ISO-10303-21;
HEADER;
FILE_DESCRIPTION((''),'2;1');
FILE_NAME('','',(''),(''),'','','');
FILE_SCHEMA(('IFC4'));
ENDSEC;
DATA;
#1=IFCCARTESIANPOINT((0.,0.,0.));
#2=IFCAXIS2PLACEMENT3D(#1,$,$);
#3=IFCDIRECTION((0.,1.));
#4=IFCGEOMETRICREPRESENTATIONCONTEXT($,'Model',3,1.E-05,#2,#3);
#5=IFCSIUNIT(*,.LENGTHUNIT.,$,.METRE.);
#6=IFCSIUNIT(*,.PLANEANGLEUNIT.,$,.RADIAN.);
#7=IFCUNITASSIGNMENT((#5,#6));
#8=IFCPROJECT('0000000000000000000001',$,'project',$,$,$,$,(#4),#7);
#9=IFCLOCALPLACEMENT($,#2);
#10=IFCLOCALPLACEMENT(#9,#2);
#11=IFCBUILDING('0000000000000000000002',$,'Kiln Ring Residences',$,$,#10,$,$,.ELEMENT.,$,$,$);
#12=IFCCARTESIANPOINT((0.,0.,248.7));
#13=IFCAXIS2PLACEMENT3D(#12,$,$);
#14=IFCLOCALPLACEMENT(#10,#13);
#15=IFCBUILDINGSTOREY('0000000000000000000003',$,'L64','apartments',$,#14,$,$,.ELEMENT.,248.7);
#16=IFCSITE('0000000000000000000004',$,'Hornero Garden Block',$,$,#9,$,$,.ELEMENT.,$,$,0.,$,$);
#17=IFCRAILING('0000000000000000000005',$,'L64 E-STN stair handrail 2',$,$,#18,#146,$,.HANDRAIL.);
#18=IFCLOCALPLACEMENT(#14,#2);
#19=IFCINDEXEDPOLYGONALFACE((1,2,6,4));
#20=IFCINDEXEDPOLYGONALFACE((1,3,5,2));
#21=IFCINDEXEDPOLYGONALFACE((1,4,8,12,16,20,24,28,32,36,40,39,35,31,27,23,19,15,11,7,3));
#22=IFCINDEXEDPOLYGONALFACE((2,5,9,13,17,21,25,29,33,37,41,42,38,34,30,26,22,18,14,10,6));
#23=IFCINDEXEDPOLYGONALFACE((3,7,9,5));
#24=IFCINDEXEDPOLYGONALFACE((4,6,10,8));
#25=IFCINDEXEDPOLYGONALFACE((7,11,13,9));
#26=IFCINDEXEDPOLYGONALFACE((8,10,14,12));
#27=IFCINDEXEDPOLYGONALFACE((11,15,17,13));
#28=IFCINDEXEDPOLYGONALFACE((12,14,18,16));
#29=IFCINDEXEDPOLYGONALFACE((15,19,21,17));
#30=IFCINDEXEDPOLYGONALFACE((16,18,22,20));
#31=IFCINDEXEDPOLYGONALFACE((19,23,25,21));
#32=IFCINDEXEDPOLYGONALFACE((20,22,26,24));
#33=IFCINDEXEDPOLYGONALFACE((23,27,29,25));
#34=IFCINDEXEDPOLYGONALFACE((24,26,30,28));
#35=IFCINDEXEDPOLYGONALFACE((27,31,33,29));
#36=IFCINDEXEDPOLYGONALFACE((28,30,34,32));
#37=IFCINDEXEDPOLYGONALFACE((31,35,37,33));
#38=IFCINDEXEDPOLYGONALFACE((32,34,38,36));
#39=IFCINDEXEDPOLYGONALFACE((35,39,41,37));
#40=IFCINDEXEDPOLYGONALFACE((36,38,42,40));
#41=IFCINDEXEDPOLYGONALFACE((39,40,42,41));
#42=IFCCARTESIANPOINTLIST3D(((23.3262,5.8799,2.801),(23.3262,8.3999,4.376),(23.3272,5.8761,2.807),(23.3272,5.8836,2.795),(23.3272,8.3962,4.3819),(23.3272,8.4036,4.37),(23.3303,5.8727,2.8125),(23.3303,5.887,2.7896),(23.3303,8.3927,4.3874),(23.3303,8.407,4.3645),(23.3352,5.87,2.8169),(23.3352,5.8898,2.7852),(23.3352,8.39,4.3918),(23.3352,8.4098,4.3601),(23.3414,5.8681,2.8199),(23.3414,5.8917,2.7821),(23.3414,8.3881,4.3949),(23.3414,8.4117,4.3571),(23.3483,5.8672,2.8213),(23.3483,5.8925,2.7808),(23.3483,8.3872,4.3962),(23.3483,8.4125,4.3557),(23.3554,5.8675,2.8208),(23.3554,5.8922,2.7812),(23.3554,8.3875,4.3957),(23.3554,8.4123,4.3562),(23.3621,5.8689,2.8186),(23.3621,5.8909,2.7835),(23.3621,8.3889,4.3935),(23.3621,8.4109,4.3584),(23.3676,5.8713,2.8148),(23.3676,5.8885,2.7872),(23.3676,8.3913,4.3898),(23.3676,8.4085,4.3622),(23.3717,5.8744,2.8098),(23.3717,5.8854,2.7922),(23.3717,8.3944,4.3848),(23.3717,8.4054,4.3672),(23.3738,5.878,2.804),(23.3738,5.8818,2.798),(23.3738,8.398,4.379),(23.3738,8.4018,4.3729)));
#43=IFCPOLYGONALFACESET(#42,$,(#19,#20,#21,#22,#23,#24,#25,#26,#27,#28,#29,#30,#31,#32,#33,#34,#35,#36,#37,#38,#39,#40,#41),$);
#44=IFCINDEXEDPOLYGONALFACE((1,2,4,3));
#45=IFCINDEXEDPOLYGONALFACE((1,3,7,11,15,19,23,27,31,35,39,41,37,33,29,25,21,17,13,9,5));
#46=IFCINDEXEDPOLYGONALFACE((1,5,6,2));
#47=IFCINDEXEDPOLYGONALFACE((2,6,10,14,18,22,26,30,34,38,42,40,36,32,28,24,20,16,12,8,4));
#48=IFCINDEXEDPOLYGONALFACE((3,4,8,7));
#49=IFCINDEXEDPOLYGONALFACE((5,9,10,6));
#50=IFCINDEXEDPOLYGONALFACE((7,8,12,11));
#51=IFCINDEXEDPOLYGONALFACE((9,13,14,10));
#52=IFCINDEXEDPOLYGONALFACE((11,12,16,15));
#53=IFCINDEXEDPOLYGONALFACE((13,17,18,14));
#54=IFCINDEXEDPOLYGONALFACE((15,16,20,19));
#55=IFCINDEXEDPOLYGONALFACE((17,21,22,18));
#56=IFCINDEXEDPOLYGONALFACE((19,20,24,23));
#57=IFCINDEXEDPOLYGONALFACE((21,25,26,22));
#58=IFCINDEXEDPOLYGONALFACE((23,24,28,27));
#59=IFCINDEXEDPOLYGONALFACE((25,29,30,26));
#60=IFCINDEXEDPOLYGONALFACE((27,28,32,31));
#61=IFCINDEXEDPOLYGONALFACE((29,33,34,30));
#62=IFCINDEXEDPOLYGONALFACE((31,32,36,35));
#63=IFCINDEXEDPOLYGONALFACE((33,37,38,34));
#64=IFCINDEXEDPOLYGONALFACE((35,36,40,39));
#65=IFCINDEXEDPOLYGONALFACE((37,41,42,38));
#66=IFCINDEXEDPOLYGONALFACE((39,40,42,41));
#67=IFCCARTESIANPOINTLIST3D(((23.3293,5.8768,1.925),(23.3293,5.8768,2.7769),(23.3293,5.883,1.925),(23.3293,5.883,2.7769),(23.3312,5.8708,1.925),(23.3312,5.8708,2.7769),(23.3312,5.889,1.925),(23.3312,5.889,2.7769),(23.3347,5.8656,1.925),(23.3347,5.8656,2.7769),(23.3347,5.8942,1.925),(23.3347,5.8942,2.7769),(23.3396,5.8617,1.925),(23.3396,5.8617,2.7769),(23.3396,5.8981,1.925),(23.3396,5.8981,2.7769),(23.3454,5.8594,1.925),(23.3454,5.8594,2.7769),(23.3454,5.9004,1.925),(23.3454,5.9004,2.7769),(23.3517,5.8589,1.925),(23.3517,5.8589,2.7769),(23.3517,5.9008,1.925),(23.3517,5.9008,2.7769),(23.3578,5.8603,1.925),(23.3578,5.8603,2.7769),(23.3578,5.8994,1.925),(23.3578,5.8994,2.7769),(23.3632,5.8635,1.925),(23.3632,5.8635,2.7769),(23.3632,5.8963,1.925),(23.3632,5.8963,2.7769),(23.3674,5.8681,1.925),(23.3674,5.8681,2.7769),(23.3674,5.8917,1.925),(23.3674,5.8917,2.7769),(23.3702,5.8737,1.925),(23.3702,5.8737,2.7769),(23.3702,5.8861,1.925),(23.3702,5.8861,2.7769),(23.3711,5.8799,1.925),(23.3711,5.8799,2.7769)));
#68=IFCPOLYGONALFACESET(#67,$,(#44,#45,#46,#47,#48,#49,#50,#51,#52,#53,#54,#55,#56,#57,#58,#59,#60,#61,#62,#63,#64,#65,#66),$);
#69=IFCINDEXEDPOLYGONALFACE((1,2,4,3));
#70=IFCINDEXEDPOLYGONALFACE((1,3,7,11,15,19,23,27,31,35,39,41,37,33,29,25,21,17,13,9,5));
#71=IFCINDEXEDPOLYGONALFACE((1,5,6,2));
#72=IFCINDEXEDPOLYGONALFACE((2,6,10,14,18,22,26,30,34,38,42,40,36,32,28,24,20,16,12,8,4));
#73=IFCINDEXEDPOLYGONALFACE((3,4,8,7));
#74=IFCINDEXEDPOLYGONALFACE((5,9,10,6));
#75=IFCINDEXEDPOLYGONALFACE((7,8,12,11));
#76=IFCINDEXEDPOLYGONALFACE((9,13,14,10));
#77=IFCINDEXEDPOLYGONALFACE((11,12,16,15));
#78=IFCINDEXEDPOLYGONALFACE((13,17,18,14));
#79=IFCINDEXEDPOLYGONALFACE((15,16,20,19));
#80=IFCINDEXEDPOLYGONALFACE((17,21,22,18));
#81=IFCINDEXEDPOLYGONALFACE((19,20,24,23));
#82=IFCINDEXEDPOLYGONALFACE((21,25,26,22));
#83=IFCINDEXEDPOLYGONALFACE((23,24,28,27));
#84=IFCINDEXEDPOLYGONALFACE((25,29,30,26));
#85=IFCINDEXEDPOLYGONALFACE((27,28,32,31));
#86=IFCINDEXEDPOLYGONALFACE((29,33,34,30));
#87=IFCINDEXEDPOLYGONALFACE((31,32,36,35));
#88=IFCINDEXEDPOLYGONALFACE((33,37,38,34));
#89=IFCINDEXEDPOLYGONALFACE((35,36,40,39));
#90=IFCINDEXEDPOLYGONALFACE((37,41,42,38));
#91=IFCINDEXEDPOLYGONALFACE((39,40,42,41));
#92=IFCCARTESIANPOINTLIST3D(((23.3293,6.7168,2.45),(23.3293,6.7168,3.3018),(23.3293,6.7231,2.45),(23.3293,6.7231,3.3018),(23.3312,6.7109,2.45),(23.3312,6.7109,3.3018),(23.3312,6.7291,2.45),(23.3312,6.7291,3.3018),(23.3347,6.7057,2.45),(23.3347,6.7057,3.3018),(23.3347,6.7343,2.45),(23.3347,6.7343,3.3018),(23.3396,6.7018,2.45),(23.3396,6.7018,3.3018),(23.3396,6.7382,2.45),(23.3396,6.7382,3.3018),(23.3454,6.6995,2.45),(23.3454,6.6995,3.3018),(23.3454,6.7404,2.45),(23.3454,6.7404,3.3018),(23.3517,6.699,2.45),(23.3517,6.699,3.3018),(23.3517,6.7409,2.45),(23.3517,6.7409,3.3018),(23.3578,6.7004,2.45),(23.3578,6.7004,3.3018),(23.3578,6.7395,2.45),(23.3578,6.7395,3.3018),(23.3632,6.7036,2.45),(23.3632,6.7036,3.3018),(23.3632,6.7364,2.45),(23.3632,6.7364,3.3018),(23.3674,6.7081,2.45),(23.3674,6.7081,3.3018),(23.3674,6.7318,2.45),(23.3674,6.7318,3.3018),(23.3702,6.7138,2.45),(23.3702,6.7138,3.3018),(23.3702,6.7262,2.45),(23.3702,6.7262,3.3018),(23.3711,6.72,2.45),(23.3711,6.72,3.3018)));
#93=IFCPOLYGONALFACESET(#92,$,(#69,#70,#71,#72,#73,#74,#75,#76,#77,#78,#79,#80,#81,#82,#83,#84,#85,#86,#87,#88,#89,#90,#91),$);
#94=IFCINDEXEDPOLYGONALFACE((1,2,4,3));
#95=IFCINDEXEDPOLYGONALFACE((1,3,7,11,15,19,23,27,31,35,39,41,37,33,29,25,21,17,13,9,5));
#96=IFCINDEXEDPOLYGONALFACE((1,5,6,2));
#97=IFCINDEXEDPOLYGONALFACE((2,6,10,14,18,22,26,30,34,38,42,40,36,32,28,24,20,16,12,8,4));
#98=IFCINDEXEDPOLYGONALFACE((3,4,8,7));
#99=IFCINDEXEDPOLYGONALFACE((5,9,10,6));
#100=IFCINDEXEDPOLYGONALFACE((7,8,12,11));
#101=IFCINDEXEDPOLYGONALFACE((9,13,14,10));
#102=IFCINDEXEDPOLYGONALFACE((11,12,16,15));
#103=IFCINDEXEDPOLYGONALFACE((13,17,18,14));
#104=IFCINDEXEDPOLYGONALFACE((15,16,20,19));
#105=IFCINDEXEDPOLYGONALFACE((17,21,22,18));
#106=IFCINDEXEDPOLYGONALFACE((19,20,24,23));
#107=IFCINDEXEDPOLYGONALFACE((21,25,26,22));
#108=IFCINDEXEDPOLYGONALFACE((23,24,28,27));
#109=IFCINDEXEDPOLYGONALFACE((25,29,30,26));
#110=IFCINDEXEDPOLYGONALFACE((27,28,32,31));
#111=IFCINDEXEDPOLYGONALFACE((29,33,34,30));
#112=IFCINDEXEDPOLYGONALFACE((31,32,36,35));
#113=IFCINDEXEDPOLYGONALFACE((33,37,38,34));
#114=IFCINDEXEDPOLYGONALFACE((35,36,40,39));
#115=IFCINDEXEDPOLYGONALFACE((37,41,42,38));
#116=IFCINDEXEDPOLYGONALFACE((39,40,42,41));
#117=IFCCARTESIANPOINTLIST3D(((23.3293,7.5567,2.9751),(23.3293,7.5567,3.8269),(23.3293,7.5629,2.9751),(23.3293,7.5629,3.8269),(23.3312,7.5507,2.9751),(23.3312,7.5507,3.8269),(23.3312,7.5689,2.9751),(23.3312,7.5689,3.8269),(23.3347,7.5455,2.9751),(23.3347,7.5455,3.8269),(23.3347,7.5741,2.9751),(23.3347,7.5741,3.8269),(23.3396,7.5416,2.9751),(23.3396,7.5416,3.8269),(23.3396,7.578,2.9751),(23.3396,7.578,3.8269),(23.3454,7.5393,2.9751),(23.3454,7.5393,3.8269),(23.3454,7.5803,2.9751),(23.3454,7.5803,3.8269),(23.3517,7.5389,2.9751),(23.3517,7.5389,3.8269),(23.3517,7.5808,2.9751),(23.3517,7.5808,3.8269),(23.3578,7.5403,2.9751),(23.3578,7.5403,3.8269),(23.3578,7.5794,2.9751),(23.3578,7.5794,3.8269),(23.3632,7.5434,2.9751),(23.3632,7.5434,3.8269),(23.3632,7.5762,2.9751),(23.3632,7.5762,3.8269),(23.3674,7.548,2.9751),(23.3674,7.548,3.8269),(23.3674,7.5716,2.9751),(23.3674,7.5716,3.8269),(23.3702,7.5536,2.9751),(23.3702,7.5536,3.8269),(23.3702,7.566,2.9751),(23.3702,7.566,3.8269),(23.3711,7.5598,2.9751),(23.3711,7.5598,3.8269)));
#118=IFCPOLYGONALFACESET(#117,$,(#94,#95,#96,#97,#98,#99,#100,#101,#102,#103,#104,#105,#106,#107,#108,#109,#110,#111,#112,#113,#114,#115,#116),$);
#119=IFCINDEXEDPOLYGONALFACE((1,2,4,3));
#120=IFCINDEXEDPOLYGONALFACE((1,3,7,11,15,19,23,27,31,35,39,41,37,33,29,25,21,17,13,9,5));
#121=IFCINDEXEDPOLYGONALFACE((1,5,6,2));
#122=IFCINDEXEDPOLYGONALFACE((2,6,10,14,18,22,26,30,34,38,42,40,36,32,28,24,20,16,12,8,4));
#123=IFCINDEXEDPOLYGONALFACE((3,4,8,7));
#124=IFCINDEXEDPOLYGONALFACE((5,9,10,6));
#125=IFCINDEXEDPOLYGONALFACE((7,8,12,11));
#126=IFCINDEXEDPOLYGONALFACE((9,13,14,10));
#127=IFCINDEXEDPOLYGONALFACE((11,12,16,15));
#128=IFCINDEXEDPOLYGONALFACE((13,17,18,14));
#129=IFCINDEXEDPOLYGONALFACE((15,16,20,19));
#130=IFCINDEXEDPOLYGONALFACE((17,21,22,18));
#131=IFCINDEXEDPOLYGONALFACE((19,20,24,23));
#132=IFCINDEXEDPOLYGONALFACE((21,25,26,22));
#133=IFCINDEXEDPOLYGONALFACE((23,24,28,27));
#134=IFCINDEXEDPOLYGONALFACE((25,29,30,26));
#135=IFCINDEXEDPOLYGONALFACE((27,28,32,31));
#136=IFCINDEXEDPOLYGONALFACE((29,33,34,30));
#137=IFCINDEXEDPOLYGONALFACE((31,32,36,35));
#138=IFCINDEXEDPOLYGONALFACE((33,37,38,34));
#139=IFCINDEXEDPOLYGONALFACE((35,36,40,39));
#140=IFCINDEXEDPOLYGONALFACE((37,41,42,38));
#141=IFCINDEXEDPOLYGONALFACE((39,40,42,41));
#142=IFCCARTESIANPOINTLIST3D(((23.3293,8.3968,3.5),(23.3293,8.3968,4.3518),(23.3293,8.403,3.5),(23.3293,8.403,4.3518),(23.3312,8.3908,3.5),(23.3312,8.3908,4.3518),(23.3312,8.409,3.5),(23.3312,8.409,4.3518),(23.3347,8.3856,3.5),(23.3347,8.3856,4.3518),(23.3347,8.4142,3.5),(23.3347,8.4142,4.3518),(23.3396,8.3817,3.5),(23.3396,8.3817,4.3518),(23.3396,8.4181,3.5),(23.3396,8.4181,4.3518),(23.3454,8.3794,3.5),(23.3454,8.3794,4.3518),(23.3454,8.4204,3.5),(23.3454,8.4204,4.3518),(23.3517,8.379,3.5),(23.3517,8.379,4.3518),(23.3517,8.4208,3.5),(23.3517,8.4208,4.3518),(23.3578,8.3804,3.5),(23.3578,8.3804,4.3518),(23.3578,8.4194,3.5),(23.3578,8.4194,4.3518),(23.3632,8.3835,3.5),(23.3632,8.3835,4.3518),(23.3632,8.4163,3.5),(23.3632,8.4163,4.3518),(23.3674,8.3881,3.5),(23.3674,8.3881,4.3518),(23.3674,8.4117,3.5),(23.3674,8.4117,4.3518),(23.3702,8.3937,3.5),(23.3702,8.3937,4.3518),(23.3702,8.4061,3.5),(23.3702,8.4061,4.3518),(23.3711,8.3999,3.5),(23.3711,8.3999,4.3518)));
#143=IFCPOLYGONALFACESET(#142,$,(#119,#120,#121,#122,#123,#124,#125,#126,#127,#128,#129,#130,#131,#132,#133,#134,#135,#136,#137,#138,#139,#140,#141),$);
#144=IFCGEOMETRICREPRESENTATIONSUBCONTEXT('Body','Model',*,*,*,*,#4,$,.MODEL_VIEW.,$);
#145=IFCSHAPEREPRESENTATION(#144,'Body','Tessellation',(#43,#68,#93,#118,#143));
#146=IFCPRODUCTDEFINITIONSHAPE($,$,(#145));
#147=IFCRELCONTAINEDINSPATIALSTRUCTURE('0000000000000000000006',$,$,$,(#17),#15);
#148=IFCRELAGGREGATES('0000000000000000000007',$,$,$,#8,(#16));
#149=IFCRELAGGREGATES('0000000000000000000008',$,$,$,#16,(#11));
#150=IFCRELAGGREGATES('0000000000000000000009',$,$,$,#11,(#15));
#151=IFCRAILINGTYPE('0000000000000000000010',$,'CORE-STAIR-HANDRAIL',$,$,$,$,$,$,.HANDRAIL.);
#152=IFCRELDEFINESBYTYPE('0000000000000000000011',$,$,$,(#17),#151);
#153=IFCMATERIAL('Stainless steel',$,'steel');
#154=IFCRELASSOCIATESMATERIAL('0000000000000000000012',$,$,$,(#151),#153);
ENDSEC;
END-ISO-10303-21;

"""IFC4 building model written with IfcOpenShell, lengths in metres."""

from ifc_helpers import new_model, si_unit, direction, frame, origin, origin_2d, place, context, subcontext, project, spatial, circle, extrude, material, type_object, element, save


model = new_model("IFC4")

# Units and contexts
model_context = context("Model", 3, precision=1e-05, world=origin(), true_north=direction((0.0, 1.0)))
body_context = subcontext(model_context, "Body", "Model", "MODEL_VIEW")
ifc_project = project(units=[si_unit("LENGTHUNIT", "METRE"), si_unit("PLANEANGLEUNIT", "RADIAN")], contexts=[model_context])

# Site, building, storey
site_placement = place(None, origin())
site = spatial("IfcSite", under=ifc_project, at=site_placement, Name="Hornero Garden Block", CompositionType="ELEMENT", RefElevation=0.0)
building_placement = place(site_placement, origin())
building = spatial("IfcBuilding", under=site, at=building_placement, Name="Kiln Ring Residences", CompositionType="ELEMENT")
storey_placement = place(building_placement, frame((0.0, 0.0, 248.7)))
storey = spatial("IfcBuildingStorey", under=building, at=storey_placement, Name="L64", Description="apartments", CompositionType="ELEMENT", Elevation=248.7)

# Railing
ifc_material_1 = material(Name="Stainless steel", Category="steel")
railing_type_1 = type_object("IfcRailingType", Name="CORE-STAIR-HANDRAIL", PredefinedType="HANDRAIL", material=ifc_material_1)
railing_1_placement = place(storey_placement, frame((23.3501, 5.8799, 1.925)))
element("IfcRailing", 1, at=railing_1_placement, inside=storey, type_object=railing_type_1, Name="L64 E-STN stair handrail 2", PredefinedType="HANDRAIL", context=body_context, shape_type="SweptSolid", body=[
    extrude(circle(Radius=0.0239, at=origin_2d()), frame((0.0, 0.0, 0.876), z_axis=(0.0, 0.848008, 0.529984), x_axis=(-1.0, 0.0, 0.0)), (0.0, 0.0, 1.0), 2.9717),
    extrude(circle(Radius=0.021, at=origin_2d()), origin(), (0.0, 0.0, 1.0), 0.8518),
    extrude(circle(Radius=0.021, at=origin_2d()), frame((0.0, 0.8401, 0.5249)), (0.0, 0.0, 1.0), 0.8518),
    extrude(circle(Radius=0.021, at=origin_2d()), frame((0.0, 1.6799, 1.05)), (0.0, 0.0, 1.0), 0.8518),
    extrude(circle(Radius=0.021, at=origin_2d()), frame((0.0, 2.52, 1.575)), (0.0, 0.0, 1.0), 0.8518),
])

save(model, "model.ifc")
